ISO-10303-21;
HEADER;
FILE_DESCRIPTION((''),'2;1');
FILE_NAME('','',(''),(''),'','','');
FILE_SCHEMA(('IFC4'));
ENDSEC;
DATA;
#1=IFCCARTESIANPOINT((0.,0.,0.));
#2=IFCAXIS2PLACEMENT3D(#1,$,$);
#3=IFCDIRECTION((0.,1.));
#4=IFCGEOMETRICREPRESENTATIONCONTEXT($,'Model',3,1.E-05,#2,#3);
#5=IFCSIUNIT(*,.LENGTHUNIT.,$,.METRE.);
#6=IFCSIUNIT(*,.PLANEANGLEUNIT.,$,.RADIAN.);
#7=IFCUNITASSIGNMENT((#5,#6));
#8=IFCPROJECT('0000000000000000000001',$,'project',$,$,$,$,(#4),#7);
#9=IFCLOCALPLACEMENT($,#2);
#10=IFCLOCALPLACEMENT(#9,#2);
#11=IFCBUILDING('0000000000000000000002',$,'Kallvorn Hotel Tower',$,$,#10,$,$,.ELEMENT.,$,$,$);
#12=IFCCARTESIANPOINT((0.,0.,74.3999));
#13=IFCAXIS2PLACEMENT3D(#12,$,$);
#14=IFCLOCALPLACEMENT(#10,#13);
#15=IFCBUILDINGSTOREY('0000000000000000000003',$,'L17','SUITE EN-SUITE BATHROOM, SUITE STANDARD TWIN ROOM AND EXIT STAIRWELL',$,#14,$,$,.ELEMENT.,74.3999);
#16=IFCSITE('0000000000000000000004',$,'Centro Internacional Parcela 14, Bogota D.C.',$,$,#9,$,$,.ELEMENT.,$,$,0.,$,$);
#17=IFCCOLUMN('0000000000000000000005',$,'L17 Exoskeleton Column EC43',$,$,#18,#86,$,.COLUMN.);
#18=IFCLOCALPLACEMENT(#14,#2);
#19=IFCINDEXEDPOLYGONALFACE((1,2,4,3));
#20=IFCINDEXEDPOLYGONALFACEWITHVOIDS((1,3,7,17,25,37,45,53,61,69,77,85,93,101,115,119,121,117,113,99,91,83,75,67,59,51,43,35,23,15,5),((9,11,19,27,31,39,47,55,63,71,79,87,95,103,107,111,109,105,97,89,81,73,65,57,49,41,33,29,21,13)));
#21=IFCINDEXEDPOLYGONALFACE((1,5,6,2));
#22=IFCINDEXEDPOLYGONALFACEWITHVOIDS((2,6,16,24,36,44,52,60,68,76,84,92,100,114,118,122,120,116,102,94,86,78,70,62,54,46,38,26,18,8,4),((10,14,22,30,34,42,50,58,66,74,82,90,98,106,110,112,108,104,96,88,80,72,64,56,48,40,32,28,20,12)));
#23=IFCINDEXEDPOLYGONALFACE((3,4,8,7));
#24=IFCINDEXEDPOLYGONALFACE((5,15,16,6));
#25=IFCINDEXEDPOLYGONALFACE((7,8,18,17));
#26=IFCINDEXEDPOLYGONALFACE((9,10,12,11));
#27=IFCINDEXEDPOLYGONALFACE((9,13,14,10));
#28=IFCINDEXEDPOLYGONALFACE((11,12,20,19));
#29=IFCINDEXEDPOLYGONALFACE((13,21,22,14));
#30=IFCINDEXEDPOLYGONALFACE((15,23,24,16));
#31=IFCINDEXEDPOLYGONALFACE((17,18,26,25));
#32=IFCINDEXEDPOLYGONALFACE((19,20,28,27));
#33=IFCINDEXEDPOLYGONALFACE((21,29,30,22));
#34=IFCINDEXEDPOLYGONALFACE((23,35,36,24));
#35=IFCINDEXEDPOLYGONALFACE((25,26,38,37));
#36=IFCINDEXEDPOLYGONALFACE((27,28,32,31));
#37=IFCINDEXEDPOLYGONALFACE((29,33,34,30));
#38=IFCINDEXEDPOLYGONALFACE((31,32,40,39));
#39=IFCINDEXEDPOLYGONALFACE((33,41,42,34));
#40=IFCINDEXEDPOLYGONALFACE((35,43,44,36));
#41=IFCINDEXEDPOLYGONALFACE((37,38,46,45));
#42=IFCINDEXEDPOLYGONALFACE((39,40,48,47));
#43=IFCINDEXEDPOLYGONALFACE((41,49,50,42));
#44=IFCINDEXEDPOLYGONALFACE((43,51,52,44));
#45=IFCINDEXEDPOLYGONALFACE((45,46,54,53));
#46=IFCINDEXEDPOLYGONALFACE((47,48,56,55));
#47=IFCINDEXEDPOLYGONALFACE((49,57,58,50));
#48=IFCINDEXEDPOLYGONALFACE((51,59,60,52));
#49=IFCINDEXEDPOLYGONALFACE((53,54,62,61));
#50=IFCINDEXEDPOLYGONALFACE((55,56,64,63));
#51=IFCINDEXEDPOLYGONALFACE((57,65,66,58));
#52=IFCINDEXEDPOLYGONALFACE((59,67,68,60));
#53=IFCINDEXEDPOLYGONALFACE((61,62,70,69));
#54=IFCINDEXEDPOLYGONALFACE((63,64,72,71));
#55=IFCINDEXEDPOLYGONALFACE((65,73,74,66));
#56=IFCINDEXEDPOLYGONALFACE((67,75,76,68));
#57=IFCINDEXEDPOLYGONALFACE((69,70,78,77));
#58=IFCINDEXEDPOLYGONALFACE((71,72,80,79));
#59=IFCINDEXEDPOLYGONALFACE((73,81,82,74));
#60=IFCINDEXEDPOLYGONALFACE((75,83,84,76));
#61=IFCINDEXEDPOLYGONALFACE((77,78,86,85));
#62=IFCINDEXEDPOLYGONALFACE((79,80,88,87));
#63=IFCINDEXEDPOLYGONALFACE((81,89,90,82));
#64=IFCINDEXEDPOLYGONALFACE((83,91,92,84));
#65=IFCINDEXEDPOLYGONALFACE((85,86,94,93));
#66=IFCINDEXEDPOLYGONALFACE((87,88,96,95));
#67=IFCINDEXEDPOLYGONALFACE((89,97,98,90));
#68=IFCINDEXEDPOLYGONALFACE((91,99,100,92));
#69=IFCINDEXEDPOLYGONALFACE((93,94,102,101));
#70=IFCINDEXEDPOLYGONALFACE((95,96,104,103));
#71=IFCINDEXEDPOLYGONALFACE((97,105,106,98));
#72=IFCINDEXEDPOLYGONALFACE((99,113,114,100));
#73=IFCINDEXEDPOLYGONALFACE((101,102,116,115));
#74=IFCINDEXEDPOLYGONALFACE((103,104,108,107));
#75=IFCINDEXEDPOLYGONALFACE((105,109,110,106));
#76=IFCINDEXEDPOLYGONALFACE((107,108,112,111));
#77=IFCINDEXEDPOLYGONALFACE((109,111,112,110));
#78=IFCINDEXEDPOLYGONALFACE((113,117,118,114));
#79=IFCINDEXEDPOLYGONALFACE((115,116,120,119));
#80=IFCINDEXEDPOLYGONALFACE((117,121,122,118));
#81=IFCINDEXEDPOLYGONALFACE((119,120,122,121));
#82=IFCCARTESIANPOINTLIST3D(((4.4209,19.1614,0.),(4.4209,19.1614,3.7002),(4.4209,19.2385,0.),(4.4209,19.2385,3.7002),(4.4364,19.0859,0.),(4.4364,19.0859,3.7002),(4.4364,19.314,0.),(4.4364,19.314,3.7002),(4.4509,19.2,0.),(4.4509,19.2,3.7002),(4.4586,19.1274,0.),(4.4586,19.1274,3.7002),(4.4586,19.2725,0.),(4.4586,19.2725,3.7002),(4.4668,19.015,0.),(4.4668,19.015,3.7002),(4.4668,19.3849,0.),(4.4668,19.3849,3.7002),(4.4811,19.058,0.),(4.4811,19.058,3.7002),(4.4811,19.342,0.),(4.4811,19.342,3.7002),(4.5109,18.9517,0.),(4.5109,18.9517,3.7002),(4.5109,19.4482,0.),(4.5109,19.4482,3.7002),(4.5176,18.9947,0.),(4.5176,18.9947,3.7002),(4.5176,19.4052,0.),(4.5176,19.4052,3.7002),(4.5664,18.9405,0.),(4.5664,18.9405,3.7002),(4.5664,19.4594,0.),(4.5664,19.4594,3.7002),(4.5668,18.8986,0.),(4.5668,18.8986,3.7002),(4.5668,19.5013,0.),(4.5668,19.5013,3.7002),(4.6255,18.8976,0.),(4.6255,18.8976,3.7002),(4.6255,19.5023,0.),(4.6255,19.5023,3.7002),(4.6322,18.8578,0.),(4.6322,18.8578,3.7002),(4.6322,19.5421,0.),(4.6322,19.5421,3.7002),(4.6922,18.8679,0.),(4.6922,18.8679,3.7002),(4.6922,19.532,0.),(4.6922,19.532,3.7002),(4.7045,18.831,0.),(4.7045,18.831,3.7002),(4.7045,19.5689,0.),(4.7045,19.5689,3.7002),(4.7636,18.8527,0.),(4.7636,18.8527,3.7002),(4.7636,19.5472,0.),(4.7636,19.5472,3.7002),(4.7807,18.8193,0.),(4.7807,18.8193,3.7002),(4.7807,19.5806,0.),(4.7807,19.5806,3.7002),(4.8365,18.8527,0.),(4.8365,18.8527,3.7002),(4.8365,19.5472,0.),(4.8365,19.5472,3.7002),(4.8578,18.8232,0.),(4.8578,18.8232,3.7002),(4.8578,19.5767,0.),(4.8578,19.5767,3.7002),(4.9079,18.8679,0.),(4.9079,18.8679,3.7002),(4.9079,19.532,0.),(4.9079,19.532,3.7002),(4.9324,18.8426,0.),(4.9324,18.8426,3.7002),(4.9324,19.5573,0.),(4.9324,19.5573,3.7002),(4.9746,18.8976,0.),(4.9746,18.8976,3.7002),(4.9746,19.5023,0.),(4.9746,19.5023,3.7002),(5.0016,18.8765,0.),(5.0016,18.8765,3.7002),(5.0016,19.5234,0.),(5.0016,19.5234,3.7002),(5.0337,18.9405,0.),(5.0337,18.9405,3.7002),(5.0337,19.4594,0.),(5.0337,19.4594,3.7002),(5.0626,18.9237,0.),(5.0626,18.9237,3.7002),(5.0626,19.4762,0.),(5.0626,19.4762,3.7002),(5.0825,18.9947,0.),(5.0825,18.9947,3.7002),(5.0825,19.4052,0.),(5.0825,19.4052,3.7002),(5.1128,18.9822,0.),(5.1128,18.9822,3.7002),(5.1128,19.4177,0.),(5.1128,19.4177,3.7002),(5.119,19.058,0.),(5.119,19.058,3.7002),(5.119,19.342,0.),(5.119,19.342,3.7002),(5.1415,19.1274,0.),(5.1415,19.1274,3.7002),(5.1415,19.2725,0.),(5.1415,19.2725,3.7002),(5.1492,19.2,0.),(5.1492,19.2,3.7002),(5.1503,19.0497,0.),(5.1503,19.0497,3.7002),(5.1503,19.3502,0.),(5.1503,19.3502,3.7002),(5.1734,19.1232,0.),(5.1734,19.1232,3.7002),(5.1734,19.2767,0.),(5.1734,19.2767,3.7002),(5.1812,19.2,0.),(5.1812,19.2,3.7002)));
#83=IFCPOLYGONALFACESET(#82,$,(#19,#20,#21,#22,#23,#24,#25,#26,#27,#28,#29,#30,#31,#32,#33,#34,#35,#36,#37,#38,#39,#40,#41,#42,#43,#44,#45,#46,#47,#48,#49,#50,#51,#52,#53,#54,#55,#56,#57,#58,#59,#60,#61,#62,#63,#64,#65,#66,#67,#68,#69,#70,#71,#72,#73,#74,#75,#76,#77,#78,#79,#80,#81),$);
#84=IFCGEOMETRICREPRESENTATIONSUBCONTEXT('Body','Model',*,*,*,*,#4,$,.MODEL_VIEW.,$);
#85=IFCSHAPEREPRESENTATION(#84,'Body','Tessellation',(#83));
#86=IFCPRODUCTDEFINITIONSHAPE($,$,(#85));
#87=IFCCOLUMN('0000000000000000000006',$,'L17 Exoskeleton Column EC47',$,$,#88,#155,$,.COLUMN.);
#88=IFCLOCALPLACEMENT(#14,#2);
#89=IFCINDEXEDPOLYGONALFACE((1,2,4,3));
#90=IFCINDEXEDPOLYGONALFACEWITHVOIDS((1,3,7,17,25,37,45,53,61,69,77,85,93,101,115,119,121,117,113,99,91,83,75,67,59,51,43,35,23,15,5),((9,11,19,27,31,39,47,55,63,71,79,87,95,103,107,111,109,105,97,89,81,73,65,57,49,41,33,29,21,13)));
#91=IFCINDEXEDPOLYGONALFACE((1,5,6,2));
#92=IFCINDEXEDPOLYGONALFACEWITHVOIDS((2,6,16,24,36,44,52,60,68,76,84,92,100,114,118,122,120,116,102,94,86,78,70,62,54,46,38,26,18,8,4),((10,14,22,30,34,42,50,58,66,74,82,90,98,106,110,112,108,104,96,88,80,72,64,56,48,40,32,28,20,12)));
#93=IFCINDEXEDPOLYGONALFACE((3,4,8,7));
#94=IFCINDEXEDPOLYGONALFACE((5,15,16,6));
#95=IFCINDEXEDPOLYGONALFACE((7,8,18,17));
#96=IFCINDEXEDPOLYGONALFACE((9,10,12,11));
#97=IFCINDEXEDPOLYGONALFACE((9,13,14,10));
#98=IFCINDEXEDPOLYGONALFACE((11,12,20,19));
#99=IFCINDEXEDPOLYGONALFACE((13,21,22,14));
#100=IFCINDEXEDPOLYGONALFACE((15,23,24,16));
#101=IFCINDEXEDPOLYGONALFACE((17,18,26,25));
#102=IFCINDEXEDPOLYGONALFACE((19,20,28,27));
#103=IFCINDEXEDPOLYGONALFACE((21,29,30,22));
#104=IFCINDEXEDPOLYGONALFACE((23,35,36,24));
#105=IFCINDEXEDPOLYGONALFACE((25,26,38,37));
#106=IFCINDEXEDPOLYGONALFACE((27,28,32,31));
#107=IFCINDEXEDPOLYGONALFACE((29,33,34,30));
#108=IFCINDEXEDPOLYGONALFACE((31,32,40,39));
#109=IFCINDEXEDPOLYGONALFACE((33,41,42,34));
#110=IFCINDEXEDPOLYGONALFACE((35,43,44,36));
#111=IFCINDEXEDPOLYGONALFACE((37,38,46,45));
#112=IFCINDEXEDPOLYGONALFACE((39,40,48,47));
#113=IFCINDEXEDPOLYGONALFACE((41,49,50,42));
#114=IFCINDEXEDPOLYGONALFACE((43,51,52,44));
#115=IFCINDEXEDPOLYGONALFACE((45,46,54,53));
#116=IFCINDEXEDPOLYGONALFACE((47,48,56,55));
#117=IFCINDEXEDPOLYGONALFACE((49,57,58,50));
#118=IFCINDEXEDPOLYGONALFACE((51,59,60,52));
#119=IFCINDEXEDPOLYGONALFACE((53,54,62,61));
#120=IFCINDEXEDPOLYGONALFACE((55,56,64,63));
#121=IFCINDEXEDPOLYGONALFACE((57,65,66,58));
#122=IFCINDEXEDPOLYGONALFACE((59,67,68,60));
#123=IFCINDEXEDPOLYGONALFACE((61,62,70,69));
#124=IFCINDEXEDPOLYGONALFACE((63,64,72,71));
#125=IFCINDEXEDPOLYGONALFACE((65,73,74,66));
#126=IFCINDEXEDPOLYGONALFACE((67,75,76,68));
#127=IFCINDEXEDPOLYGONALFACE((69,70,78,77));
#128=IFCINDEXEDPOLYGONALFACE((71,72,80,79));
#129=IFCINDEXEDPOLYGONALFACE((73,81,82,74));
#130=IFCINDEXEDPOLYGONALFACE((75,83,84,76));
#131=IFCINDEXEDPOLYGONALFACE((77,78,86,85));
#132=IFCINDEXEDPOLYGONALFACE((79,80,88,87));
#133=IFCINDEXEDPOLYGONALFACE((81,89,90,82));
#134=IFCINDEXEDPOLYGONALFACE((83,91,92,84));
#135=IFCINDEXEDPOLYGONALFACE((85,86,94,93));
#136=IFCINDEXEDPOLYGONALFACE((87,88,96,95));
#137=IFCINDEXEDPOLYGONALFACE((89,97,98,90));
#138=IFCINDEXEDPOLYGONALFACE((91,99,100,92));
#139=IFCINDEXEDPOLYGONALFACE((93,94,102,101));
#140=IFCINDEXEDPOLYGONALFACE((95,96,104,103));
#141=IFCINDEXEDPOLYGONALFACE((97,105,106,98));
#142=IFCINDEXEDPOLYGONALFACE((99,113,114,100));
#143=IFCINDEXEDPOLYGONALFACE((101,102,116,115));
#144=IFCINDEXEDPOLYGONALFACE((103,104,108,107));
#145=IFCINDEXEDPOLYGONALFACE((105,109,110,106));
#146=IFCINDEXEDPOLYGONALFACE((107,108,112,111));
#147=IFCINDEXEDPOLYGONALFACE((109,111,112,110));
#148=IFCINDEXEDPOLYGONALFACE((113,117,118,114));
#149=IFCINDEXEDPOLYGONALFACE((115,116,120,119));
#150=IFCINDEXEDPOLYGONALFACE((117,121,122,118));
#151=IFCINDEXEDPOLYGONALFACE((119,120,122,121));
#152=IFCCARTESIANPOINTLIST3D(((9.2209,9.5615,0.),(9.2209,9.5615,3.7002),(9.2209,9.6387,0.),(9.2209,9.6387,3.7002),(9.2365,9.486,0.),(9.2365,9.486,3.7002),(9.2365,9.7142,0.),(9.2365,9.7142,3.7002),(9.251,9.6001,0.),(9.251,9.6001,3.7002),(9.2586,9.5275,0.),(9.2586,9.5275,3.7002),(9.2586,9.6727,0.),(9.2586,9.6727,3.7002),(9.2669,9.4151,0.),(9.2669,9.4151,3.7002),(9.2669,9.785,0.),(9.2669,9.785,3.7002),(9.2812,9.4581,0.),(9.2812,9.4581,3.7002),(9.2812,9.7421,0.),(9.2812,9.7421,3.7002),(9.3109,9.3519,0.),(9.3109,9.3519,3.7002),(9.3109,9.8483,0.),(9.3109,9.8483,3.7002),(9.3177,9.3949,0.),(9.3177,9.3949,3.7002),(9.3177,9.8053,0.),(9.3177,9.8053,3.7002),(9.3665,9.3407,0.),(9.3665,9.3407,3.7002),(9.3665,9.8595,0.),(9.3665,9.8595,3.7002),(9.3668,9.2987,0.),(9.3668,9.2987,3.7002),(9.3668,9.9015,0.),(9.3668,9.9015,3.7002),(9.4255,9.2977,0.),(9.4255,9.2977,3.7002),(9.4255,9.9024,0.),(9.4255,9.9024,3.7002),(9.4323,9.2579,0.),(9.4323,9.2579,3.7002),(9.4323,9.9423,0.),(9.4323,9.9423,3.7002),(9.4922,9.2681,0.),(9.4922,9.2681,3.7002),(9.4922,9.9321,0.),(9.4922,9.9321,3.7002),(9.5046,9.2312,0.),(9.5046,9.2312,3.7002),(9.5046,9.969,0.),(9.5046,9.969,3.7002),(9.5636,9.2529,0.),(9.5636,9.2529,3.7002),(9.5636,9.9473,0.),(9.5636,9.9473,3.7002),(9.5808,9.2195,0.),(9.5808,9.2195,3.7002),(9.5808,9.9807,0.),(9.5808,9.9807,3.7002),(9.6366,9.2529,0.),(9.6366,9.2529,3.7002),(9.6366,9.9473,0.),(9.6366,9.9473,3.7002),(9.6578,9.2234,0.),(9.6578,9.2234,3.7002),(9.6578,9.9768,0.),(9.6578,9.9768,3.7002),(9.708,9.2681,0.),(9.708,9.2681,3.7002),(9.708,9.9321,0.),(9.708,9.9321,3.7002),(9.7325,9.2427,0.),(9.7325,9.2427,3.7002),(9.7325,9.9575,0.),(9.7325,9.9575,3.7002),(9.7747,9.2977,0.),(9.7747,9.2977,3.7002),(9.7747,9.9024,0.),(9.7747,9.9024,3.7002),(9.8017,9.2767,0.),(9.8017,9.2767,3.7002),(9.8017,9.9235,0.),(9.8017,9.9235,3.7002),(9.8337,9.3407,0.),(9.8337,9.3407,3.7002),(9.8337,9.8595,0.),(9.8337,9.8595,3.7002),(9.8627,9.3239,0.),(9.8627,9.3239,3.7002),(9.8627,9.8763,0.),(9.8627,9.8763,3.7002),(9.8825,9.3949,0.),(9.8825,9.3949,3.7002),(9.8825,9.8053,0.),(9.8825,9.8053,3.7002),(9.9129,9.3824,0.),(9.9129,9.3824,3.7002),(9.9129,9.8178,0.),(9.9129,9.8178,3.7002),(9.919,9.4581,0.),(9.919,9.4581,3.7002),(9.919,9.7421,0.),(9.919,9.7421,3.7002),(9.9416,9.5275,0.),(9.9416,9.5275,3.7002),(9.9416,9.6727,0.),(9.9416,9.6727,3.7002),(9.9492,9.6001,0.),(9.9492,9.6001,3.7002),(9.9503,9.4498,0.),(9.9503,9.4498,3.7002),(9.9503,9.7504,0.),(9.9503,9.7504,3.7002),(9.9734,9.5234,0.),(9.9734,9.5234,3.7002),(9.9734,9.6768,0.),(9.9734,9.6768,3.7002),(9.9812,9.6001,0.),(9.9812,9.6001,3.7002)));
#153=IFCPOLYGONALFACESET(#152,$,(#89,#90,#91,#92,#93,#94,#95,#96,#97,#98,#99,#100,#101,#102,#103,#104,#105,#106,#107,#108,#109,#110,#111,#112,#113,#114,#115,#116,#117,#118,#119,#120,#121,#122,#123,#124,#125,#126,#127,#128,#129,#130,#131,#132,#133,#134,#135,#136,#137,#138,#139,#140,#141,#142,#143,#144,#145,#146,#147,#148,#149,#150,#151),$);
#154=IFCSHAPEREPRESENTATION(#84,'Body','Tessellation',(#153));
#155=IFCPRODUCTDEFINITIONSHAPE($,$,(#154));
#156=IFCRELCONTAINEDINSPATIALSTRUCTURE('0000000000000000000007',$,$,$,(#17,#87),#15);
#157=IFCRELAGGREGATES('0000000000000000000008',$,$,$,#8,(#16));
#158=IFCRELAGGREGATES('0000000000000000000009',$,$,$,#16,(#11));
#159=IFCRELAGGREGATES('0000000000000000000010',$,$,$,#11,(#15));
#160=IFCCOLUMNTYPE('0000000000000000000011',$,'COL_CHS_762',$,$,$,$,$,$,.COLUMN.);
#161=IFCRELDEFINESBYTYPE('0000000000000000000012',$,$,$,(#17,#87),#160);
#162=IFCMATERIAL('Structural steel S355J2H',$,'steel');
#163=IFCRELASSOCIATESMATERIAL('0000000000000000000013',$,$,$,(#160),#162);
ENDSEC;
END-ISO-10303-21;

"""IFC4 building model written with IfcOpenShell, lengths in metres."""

from ifc_helpers import new_model, si_unit, direction, frame, origin, origin_2d, place, context, subcontext, project, spatial, hollow_circle, extrude, material, material_profile, profile_set, type_object, element, save


model = new_model("IFC4")

# Units and contexts
model_context = context("Model", 3, precision=1e-05, world=origin(), true_north=direction((0.0, 1.0)))
body_context = subcontext(model_context, "Body", "Model", "MODEL_VIEW")
ifc_project = project(units=[si_unit("LENGTHUNIT", "METRE"), si_unit("PLANEANGLEUNIT", "RADIAN")], contexts=[model_context])

# Site, building, storey
site_placement = place(None, origin())
site = spatial("IfcSite", under=ifc_project, at=site_placement, Name="Centro Internacional Parcela 14, Bogota D.C.", CompositionType="ELEMENT", RefElevation=0.0)
building_placement = place(site_placement, origin())
building = spatial("IfcBuilding", under=site, at=building_placement, Name="Kallvorn Hotel Tower", CompositionType="ELEMENT")
storey_placement = place(building_placement, frame((0.0, 0.0, 74.3999)))
storey = spatial("IfcBuildingStorey", under=building, at=storey_placement, Name="L17", Description="SUITE EN-SUITE BATHROOM, SUITE STANDARD TWIN ROOM AND EXIT STAIRWELL", CompositionType="ELEMENT", Elevation=74.3999)

# Columns
ifc_material_1 = material(Name="Structural steel S355J2H", Category="steel")
ifc_material_profile_1 = material_profile(ifc_material_1, hollow_circle(Radius=0.3811, WallThickness=0.032, at=origin_2d()), Name="CHS 762x32")
ifc_profile_set_1 = profile_set([ifc_material_profile_1], Name="Structural steel S355J2H")
column_type_1 = type_object("IfcColumnType", Name="COL_CHS_762", PredefinedType="COLUMN", material=ifc_profile_set_1)
for number, where, z_axis, x_axis, name in (
    (1, (4.8, 19.2, 0.0), (0.0, 0.0, 1.0), (1.0, 0.0, 0.0), "L17 Exoskeleton Column EC43"),
    (2, (9.6001, 9.6001, 0.0), (0.0, 0.0, 1.0), (1.0, 0.0, 0.0), "L17 Exoskeleton Column EC47"),
):
    element("IfcColumn", number, at=place(storey_placement, frame(where, z_axis=z_axis, x_axis=x_axis)), inside=storey, type_object=column_type_1, Name=name, PredefinedType="COLUMN", context=body_context, shape_type="SweptSolid", body=[
        extrude(hollow_circle(Radius=0.3811, WallThickness=0.032, at=origin_2d()), origin(), (0.0, 0.0, 1.0), 3.7002),
    ])

save(model, "model.ifc")
